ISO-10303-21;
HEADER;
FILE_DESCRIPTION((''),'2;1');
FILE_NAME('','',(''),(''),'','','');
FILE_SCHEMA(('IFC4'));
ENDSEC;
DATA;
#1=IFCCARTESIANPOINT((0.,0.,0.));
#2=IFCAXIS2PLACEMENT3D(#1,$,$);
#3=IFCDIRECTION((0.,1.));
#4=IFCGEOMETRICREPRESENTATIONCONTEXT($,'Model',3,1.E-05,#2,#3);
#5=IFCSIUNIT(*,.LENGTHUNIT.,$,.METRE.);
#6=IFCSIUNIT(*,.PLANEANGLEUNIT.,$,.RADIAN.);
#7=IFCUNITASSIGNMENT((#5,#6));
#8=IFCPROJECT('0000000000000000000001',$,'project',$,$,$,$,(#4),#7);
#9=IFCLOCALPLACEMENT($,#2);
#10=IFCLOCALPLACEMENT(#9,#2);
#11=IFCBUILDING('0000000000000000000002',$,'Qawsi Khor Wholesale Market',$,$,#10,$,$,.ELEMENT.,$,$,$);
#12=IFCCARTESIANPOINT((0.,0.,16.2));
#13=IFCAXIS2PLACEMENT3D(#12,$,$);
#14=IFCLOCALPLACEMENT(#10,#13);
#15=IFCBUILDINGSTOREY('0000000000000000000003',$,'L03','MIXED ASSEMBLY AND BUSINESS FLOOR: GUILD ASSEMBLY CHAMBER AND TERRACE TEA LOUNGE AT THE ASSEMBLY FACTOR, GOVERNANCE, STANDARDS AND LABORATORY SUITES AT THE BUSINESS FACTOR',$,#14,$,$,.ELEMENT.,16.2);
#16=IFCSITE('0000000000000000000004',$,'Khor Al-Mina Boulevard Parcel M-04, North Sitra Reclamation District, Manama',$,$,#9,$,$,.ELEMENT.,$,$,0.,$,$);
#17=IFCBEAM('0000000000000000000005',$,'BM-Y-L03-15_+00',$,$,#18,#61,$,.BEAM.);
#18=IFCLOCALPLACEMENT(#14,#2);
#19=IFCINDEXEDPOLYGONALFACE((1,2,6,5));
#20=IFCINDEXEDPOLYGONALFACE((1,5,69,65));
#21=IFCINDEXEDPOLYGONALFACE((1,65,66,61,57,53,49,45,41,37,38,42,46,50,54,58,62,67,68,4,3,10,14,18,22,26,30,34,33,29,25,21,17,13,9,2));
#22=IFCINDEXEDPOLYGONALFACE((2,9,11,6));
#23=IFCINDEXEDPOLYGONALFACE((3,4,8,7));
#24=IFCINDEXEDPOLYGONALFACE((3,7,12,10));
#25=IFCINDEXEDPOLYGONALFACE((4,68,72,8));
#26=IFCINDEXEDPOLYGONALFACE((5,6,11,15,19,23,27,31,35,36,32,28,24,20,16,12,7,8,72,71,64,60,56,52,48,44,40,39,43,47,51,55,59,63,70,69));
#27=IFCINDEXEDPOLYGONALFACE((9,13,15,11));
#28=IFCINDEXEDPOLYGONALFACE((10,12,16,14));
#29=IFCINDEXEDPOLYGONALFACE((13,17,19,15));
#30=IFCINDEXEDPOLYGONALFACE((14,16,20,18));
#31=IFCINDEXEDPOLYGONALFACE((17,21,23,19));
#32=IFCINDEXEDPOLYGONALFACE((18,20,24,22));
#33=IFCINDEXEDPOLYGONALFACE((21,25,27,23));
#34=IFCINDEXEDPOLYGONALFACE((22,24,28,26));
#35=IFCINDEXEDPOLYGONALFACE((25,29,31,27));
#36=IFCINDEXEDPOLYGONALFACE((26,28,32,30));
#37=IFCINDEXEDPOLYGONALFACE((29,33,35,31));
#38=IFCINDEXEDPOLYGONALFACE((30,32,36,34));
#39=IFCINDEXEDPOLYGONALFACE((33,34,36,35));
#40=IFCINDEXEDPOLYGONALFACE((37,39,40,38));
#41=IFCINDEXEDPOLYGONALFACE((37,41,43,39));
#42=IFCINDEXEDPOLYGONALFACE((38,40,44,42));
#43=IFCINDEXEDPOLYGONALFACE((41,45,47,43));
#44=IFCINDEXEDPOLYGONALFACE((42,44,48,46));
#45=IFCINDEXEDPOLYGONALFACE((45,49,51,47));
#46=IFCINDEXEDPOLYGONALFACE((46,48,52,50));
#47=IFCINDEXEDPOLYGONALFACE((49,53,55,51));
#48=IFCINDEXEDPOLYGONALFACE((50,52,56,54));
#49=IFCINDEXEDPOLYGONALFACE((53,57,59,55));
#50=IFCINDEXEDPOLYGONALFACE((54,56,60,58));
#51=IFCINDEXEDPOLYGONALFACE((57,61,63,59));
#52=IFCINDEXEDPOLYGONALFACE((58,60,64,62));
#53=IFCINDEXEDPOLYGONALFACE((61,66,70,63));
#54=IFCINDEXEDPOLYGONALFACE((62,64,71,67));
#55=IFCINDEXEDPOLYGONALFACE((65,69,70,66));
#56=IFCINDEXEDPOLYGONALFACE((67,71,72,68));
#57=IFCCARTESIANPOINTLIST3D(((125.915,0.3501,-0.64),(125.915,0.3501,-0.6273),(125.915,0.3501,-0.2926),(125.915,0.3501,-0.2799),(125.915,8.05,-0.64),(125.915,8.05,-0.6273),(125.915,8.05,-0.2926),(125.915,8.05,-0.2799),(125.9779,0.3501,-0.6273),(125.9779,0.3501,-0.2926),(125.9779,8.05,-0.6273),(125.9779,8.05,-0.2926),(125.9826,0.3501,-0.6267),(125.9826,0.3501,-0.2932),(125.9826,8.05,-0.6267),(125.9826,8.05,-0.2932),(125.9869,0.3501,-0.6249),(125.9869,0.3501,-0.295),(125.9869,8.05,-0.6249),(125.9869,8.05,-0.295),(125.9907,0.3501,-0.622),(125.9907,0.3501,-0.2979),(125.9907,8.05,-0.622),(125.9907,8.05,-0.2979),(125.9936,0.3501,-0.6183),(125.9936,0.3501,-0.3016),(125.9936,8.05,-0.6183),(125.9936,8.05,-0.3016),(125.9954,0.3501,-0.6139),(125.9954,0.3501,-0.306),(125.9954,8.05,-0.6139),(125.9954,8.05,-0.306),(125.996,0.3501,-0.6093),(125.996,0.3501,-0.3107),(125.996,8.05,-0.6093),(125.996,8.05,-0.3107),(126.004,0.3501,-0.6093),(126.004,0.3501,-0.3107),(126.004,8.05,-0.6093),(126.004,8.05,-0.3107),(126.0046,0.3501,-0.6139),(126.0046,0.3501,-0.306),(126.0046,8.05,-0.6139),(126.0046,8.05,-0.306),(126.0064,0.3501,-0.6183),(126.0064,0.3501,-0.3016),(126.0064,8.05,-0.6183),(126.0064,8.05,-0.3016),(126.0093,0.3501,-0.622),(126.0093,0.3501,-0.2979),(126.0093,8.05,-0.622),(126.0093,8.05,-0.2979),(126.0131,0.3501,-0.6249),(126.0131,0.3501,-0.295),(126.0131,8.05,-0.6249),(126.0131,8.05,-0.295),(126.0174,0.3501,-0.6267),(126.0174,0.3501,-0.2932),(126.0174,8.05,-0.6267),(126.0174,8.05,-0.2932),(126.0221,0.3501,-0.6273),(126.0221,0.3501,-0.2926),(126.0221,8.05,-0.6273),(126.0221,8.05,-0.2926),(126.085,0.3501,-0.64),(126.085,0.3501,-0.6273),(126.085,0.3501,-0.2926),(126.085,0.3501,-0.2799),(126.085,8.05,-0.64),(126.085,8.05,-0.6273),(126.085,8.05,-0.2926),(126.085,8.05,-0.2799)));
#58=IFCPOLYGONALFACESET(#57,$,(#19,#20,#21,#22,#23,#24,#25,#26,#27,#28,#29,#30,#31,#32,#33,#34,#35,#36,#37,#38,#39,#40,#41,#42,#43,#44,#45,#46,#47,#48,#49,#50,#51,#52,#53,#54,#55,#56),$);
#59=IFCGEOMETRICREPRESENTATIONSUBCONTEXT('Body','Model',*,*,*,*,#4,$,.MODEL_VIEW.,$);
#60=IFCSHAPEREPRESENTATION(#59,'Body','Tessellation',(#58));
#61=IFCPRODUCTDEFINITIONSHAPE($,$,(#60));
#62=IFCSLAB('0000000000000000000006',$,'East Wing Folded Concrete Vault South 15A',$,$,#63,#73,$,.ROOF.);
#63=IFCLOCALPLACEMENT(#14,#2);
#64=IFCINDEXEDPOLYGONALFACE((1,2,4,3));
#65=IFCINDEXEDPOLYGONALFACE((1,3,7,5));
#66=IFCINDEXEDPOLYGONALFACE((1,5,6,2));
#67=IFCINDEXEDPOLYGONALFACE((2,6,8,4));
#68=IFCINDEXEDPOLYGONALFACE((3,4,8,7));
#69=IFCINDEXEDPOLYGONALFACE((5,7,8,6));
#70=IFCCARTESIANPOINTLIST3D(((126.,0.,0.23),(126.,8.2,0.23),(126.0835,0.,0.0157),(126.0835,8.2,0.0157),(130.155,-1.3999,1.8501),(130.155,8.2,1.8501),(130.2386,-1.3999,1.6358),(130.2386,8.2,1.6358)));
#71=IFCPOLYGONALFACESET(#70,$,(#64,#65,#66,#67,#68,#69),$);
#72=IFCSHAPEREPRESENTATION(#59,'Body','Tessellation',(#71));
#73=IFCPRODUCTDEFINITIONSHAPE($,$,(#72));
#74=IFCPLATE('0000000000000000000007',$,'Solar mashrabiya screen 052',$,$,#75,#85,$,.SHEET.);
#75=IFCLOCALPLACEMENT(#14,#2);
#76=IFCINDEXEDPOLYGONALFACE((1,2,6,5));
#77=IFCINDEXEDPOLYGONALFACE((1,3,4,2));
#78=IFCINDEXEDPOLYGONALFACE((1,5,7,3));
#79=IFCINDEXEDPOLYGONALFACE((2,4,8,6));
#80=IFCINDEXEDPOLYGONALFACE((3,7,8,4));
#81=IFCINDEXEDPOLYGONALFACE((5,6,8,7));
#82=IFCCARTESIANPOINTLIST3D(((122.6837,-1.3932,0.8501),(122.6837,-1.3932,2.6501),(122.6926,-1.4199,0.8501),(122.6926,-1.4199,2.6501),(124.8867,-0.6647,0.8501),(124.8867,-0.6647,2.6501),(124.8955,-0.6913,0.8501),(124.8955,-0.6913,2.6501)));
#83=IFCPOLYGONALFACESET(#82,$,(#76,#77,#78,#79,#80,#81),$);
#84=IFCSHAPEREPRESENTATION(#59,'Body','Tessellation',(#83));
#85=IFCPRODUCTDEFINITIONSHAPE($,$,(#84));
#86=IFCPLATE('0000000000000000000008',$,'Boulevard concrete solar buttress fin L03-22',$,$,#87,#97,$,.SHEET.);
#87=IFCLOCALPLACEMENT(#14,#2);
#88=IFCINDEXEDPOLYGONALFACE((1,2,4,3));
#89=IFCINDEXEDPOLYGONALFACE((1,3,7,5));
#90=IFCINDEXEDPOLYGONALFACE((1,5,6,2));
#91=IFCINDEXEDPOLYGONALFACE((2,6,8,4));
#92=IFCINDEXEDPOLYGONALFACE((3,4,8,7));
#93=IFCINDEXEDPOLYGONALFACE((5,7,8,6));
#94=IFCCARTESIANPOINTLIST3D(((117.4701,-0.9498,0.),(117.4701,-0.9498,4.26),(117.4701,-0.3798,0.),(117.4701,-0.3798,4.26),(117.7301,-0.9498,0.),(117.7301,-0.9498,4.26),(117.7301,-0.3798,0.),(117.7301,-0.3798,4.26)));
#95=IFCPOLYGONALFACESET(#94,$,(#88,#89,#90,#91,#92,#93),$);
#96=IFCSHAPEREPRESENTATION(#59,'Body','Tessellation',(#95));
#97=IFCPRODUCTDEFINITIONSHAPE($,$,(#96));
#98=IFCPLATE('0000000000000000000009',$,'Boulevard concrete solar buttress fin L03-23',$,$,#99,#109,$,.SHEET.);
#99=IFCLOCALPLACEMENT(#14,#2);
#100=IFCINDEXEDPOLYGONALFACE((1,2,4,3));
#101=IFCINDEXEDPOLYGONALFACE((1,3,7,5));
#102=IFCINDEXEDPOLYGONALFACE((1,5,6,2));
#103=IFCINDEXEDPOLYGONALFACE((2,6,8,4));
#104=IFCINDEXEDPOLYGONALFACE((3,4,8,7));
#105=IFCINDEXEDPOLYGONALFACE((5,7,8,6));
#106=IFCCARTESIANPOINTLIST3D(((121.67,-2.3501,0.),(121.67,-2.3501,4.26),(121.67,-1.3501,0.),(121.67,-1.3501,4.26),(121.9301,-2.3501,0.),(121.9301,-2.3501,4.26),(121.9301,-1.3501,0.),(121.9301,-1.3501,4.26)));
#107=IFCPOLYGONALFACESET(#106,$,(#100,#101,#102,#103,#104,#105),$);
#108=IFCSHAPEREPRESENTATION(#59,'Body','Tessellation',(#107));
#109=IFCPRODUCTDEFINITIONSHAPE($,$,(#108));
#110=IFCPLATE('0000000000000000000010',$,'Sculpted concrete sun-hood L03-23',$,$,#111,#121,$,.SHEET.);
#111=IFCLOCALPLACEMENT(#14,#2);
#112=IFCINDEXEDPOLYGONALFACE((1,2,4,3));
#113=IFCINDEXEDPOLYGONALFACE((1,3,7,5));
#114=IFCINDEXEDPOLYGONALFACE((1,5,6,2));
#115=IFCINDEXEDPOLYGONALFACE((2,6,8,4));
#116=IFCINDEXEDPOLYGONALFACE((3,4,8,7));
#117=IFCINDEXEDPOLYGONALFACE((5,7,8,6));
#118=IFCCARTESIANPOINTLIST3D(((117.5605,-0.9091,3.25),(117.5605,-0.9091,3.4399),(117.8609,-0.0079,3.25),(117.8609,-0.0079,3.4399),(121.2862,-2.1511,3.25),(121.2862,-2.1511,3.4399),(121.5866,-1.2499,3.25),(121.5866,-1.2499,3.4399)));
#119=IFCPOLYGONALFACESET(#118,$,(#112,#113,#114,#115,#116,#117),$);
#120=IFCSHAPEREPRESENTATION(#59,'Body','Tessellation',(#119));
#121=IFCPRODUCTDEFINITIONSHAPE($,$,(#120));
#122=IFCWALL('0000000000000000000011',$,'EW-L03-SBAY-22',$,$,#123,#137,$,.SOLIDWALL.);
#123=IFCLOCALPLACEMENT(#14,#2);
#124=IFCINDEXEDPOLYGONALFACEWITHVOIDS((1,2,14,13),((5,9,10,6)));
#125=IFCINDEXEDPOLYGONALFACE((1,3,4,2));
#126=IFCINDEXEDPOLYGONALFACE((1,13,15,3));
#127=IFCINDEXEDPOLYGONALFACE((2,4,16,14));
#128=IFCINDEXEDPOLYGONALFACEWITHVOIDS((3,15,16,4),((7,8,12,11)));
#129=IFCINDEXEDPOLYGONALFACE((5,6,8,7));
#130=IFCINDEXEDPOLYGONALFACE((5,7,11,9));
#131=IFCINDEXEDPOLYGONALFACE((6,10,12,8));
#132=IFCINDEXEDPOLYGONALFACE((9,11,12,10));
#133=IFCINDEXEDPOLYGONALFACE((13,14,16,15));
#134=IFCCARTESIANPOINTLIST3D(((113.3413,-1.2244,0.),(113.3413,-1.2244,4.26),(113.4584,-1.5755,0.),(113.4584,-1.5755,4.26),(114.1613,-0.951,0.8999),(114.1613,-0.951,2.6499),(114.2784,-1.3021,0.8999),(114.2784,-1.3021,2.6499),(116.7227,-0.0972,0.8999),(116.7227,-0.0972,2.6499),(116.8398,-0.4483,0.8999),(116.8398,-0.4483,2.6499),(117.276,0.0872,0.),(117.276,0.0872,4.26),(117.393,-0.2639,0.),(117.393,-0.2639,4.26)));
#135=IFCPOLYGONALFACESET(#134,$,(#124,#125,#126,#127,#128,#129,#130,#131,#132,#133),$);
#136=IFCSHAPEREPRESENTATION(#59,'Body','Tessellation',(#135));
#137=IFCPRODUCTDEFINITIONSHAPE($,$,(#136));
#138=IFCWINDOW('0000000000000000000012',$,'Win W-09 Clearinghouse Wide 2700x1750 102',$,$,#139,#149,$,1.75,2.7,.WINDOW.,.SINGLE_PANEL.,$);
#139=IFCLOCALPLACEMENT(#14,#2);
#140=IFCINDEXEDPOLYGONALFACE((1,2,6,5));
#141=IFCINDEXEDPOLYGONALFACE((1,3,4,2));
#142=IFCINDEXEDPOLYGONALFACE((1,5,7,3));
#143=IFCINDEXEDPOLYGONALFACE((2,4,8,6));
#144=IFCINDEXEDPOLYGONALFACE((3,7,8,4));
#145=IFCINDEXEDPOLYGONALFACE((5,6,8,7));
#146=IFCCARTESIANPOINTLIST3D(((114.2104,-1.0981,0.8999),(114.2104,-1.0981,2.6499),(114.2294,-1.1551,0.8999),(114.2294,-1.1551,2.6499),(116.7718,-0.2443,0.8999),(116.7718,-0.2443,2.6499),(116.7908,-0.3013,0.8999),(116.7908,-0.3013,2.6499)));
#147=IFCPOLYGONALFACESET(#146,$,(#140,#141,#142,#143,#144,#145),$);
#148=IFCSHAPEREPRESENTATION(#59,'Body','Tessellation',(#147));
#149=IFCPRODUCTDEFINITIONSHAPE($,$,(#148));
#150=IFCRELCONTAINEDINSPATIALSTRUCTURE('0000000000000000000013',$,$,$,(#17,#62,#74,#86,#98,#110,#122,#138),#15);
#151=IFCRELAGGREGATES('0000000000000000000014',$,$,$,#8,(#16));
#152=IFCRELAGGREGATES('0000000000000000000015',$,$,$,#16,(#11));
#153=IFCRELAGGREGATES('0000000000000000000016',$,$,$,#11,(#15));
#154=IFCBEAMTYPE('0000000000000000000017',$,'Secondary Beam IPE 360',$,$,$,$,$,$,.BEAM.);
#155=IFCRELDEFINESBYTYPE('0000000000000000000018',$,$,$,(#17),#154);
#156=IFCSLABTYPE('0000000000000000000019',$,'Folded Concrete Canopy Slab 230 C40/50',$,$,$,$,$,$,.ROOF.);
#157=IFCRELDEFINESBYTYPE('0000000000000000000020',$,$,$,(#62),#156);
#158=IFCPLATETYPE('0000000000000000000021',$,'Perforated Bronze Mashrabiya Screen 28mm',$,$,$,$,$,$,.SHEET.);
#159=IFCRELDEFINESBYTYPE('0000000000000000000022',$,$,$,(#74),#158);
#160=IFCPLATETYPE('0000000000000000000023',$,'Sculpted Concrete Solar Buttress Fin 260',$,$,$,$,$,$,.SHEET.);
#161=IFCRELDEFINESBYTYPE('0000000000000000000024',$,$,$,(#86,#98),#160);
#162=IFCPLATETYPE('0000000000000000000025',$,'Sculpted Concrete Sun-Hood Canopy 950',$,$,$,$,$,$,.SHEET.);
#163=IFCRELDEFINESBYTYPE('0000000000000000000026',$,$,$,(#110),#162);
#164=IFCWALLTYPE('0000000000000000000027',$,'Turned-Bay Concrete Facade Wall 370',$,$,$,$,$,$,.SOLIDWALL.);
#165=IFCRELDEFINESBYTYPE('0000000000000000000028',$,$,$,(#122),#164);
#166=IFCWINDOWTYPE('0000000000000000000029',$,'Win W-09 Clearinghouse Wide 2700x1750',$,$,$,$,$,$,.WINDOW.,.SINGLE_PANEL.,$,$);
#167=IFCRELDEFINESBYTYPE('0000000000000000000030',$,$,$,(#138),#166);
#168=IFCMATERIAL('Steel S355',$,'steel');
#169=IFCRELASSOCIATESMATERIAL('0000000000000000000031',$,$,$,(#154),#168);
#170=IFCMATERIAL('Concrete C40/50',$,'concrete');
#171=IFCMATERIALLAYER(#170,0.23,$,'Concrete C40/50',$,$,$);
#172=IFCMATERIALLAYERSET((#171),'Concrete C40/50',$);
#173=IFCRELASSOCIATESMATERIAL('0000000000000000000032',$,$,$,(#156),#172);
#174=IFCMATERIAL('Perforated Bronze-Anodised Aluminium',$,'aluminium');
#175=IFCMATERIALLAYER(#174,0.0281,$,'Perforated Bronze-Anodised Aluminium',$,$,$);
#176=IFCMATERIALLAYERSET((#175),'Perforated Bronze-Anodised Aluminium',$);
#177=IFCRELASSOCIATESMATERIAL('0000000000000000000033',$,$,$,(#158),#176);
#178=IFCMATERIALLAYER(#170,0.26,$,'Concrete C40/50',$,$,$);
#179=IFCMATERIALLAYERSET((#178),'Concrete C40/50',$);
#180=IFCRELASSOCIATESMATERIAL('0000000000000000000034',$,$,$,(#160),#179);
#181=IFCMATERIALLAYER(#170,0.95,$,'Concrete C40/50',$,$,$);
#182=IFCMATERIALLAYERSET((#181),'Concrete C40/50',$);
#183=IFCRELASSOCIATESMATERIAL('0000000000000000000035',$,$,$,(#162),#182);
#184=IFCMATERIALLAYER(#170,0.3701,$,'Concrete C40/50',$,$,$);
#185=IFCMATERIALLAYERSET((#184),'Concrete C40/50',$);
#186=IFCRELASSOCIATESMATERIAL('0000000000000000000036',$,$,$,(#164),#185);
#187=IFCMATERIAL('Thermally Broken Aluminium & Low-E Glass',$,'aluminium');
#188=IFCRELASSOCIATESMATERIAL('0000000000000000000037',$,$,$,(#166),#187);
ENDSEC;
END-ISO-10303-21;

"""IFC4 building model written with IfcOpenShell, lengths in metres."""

from ifc_helpers import new_model, si_unit, direction, frame, frame_2d, origin, origin_2d, place, context, subcontext, project, spatial, polyline, rectangle, i_section, outline, extrude, material, layer, layer_set, material_profile, profile_set, type_object, element, fill, save


model = new_model("IFC4")

# Units and contexts
model_context = context("Model", 3, precision=1e-05, world=origin(), true_north=direction((0.0, 1.0)))
body_context = subcontext(model_context, "Body", "Model", "MODEL_VIEW")
ifc_project = project(units=[si_unit("LENGTHUNIT", "METRE"), si_unit("PLANEANGLEUNIT", "RADIAN")], contexts=[model_context])

# Site, building, storey
site_placement = place(None, origin())
site = spatial("IfcSite", under=ifc_project, at=site_placement, Name="Khor Al-Mina Boulevard Parcel M-04, North Sitra Reclamation District, Manama", CompositionType="ELEMENT", RefElevation=0.0)
building_placement = place(site_placement, origin())
building = spatial("IfcBuilding", under=site, at=building_placement, Name="Qawsi Khor Wholesale Market", CompositionType="ELEMENT")
storey_placement = place(building_placement, frame((0.0, 0.0, 16.2)))
storey = spatial("IfcBuildingStorey", under=building, at=storey_placement, Name="L03", Description="MIXED ASSEMBLY AND BUSINESS FLOOR: GUILD ASSEMBLY CHAMBER AND TERRACE TEA LOUNGE AT THE ASSEMBLY FACTOR, GOVERNANCE, STANDARDS AND LABORATORY SUITES AT THE BUSINESS FACTOR", CompositionType="ELEMENT", Elevation=16.2)

# Shared definitions
ifc_material_1 = material(Name="Concrete C40/50", Category="concrete")

# Beam
ifc_material_2 = material(Name="Steel S355", Category="steel")
ifc_material_profile_1 = material_profile(ifc_material_2, i_section(OverallWidth=0.1699, OverallDepth=0.3601, WebThickness=0.0081, FlangeThickness=0.0127, FilletRadius=0.0181, at=origin_2d()), Name="IPE 360")
ifc_profile_set_1 = profile_set([ifc_material_profile_1], Name="Steel S355")
beam_type_1 = type_object("IfcBeamType", Name="Secondary Beam IPE 360", PredefinedType="BEAM", material=ifc_profile_set_1)
for number, where, z_axis, x_axis, name in (
    (1, (126.0, 0.3501, -0.46), (0.0, 1.0, 0.0), (-1.0, 0.0, 0.0), "BM-Y-L03-15_+00"),
):
    element("IfcBeam", number, at=place(storey_placement, frame(where, z_axis=z_axis, x_axis=x_axis)), inside=storey, type_object=beam_type_1, Name=name, PredefinedType="BEAM", context=body_context, shape_type="SweptSolid", body=[
        extrude(i_section(OverallWidth=0.1699, OverallDepth=0.3601, WebThickness=0.0081, FlangeThickness=0.0127, FilletRadius=0.0181, at=origin_2d()), origin(), (0.0, 0.0, 1.0), 7.7),
    ])

# Slab
ifc_layer_1 = layer(ifc_material_1, 0.23, Name="Concrete C40/50")
ifc_layer_set_1 = layer_set([ifc_layer_1], Name="Concrete C40/50")
slab_type = type_object("IfcSlabType", Name="Folded Concrete Canopy Slab 230 C40/50", PredefinedType="ROOF", material=ifc_layer_set_1)
slab_placement = place(storey_placement, frame((126.0, 0.0, 0.23), z_axis=(-0.363278, 0.0, 0.931681), x_axis=(0.888916, -0.299491, 0.346603)))
element("IfcSlab", 2, at=slab_placement, inside=storey, type_object=slab_type, Name="East Wing Folded Concrete Vault South 15A", PredefinedType="ROOF", context=body_context, shape_type="SweptSolid", body=[
    extrude(outline(polyline([(0.0, 0.0), (4.6743, 0.0), (1.7992, 9.1592), (-2.4558, 7.8236), (0.0, 0.0)])), origin(), (0.0, 0.0, -1.0), 0.23),
])

# Plates
ifc_material_3 = material(Name="Perforated Bronze-Anodised Aluminium", Category="aluminium")
ifc_layer_2 = layer(ifc_material_3, 0.0281, Name="Perforated Bronze-Anodised Aluminium")
ifc_layer_set_2 = layer_set([ifc_layer_2], Name="Perforated Bronze-Anodised Aluminium")
plate_type_1 = type_object("IfcPlateType", Name="Perforated Bronze Mashrabiya Screen 28mm", PredefinedType="SHEET", material=ifc_layer_set_2)
plate_1_placement = place(storey_placement, frame((124.8911, -0.678, 0.8501), z_axis=(0.0, 0.0, 1.0), x_axis=(-0.949428, -0.313986, 0.0)))
element("IfcPlate", 3, at=plate_1_placement, inside=storey, type_object=plate_type_1, Name="Solar mashrabiya screen 052", PredefinedType="SHEET", context=body_context, shape_type="SweptSolid", body=[
    extrude(rectangle(XDim=2.3203, YDim=0.0281, at=frame_2d((1.1602, 0.0))), origin(), (0.0, 0.0, 1.0), 1.8),
])
ifc_layer_3 = layer(ifc_material_1, 0.26, Name="Concrete C40/50")
ifc_layer_set_3 = layer_set([ifc_layer_3], Name="Concrete C40/50")
plate_type_2 = type_object("IfcPlateType", Name="Sculpted Concrete Solar Buttress Fin 260", PredefinedType="SHEET", material=ifc_layer_set_3)
plate_2_placement = place(storey_placement, frame((117.6001, -0.95, 0.0), z_axis=(0.0, 0.0, 1.0), x_axis=(0.0, 1.0, 0.0)))
element("IfcPlate", 4, at=plate_2_placement, inside=storey, type_object=plate_type_2, Name="Boulevard concrete solar buttress fin L03-22", PredefinedType="SHEET", context=body_context, shape_type="SweptSolid", body=[
    extrude(rectangle(XDim=0.5701, YDim=0.26, at=frame_2d((0.2852, 0.0))), origin(), (0.0, 0.0, 1.0), 4.26),
])
plate_3_placement = place(storey_placement, frame((121.8, -2.3501, 0.0), z_axis=(0.0, 0.0, 1.0), x_axis=(0.0, 1.0, 0.0)))
element("IfcPlate", 5, at=plate_3_placement, inside=storey, type_object=plate_type_2, Name="Boulevard concrete solar buttress fin L03-23", PredefinedType="SHEET", context=body_context, shape_type="SweptSolid", body=[
    extrude(rectangle(XDim=1.0, YDim=0.26, at=frame_2d((0.5, 0.0))), origin(), (0.0, 0.0, 1.0), 4.26),
])
ifc_layer_4 = layer(ifc_material_1, 0.95, Name="Concrete C40/50")
ifc_layer_set_4 = layer_set([ifc_layer_4], Name="Concrete C40/50")
plate_type_3 = type_object("IfcPlateType", Name="Sculpted Concrete Sun-Hood Canopy 950", PredefinedType="SHEET", material=ifc_layer_set_4)
plate_4_placement = place(storey_placement, frame((117.7107, -0.4585, 3.25), z_axis=(0.0, 0.0, 1.0), x_axis=(0.948677, -0.316246, 0.0)))
element("IfcPlate", 6, at=plate_4_placement, inside=storey, type_object=plate_type_3, Name="Sculpted concrete sun-hood L03-23", PredefinedType="SHEET", context=body_context, shape_type="SweptSolid", body=[
    extrude(rectangle(XDim=3.9272, YDim=0.95, at=frame_2d((1.9636, 0.0))), origin(), (0.0, 0.0, 1.0), 0.1899),
])

# Wall, opening, window
ifc_layer_5 = layer(ifc_material_1, 0.3701, Name="Concrete C40/50")
ifc_layer_set_5 = layer_set([ifc_layer_5], Name="Concrete C40/50")
wall_type_1 = type_object("IfcWallType", Name="Turned-Bay Concrete Facade Wall 370", PredefinedType="SOLIDWALL", material=ifc_layer_set_5)
wall_1_placement = place(storey_placement, frame((117.3345, -0.0884, 0.0), z_axis=(0.0, 0.0, 1.0), x_axis=(-0.948683, -0.316228, 0.0)))
wall_1 = element("IfcWall", 7, at=wall_1_placement, inside=storey, type_object=wall_type_1, Name="EW-L03-SBAY-22", PredefinedType="SOLIDWALL", context=body_context, shape_type="SweptSolid", body=[
    extrude(rectangle(XDim=4.1475, YDim=0.3701, at=frame_2d((2.0737, 0.0))), origin(), (0.0, 0.0, 1.0), 4.26),
])
opening_1_placement = place(wall_1_placement, frame((0.583, 0.0, 0.8999)))
opening_1 = element("IfcOpeningElement", 8, at=opening_1_placement, cuts=wall_1, PredefinedType="OPENING", context=body_context, shape_type="SweptSolid", body=[
    extrude(rectangle(XDim=2.7, YDim=1.75, at=frame_2d((1.3501, 0.875))), frame((0.0, 0.1951, 0.0), z_axis=(0.0, -1.0, 0.0), x_axis=(1.0, 0.0, 0.0)), (0.0, 0.0, 1.0), 0.3901),
])
ifc_material_4 = material(Name="Thermally Broken Aluminium & Low-E Glass", Category="aluminium")
window_type_1 = type_object("IfcWindowType", Name="Win W-09 Clearinghouse Wide 2700x1750", PartitioningType="SINGLE_PANEL", PredefinedType="WINDOW", material=ifc_material_4)
window_1_placement = place(opening_1_placement, origin())
window_1 = element("IfcWindow", 9, at=window_1_placement, inside=storey, type_object=window_type_1, Name="Win W-09 Clearinghouse Wide 2700x1750 102", OverallHeight=1.75, OverallWidth=2.7, PartitioningType="SINGLE_PANEL", PredefinedType="WINDOW", context=body_context, shape_type="SweptSolid", body=[
    extrude(rectangle(XDim=2.7, YDim=1.75, at=frame_2d((1.3501, 0.875))), frame((0.0, 0.03, 0.0), z_axis=(0.0, -1.0, 0.0), x_axis=(1.0, 0.0, 0.0)), (0.0, 0.0, 1.0), 0.0601),
])
fill(opening_1, window_1)

save(model, "model.ifc")
